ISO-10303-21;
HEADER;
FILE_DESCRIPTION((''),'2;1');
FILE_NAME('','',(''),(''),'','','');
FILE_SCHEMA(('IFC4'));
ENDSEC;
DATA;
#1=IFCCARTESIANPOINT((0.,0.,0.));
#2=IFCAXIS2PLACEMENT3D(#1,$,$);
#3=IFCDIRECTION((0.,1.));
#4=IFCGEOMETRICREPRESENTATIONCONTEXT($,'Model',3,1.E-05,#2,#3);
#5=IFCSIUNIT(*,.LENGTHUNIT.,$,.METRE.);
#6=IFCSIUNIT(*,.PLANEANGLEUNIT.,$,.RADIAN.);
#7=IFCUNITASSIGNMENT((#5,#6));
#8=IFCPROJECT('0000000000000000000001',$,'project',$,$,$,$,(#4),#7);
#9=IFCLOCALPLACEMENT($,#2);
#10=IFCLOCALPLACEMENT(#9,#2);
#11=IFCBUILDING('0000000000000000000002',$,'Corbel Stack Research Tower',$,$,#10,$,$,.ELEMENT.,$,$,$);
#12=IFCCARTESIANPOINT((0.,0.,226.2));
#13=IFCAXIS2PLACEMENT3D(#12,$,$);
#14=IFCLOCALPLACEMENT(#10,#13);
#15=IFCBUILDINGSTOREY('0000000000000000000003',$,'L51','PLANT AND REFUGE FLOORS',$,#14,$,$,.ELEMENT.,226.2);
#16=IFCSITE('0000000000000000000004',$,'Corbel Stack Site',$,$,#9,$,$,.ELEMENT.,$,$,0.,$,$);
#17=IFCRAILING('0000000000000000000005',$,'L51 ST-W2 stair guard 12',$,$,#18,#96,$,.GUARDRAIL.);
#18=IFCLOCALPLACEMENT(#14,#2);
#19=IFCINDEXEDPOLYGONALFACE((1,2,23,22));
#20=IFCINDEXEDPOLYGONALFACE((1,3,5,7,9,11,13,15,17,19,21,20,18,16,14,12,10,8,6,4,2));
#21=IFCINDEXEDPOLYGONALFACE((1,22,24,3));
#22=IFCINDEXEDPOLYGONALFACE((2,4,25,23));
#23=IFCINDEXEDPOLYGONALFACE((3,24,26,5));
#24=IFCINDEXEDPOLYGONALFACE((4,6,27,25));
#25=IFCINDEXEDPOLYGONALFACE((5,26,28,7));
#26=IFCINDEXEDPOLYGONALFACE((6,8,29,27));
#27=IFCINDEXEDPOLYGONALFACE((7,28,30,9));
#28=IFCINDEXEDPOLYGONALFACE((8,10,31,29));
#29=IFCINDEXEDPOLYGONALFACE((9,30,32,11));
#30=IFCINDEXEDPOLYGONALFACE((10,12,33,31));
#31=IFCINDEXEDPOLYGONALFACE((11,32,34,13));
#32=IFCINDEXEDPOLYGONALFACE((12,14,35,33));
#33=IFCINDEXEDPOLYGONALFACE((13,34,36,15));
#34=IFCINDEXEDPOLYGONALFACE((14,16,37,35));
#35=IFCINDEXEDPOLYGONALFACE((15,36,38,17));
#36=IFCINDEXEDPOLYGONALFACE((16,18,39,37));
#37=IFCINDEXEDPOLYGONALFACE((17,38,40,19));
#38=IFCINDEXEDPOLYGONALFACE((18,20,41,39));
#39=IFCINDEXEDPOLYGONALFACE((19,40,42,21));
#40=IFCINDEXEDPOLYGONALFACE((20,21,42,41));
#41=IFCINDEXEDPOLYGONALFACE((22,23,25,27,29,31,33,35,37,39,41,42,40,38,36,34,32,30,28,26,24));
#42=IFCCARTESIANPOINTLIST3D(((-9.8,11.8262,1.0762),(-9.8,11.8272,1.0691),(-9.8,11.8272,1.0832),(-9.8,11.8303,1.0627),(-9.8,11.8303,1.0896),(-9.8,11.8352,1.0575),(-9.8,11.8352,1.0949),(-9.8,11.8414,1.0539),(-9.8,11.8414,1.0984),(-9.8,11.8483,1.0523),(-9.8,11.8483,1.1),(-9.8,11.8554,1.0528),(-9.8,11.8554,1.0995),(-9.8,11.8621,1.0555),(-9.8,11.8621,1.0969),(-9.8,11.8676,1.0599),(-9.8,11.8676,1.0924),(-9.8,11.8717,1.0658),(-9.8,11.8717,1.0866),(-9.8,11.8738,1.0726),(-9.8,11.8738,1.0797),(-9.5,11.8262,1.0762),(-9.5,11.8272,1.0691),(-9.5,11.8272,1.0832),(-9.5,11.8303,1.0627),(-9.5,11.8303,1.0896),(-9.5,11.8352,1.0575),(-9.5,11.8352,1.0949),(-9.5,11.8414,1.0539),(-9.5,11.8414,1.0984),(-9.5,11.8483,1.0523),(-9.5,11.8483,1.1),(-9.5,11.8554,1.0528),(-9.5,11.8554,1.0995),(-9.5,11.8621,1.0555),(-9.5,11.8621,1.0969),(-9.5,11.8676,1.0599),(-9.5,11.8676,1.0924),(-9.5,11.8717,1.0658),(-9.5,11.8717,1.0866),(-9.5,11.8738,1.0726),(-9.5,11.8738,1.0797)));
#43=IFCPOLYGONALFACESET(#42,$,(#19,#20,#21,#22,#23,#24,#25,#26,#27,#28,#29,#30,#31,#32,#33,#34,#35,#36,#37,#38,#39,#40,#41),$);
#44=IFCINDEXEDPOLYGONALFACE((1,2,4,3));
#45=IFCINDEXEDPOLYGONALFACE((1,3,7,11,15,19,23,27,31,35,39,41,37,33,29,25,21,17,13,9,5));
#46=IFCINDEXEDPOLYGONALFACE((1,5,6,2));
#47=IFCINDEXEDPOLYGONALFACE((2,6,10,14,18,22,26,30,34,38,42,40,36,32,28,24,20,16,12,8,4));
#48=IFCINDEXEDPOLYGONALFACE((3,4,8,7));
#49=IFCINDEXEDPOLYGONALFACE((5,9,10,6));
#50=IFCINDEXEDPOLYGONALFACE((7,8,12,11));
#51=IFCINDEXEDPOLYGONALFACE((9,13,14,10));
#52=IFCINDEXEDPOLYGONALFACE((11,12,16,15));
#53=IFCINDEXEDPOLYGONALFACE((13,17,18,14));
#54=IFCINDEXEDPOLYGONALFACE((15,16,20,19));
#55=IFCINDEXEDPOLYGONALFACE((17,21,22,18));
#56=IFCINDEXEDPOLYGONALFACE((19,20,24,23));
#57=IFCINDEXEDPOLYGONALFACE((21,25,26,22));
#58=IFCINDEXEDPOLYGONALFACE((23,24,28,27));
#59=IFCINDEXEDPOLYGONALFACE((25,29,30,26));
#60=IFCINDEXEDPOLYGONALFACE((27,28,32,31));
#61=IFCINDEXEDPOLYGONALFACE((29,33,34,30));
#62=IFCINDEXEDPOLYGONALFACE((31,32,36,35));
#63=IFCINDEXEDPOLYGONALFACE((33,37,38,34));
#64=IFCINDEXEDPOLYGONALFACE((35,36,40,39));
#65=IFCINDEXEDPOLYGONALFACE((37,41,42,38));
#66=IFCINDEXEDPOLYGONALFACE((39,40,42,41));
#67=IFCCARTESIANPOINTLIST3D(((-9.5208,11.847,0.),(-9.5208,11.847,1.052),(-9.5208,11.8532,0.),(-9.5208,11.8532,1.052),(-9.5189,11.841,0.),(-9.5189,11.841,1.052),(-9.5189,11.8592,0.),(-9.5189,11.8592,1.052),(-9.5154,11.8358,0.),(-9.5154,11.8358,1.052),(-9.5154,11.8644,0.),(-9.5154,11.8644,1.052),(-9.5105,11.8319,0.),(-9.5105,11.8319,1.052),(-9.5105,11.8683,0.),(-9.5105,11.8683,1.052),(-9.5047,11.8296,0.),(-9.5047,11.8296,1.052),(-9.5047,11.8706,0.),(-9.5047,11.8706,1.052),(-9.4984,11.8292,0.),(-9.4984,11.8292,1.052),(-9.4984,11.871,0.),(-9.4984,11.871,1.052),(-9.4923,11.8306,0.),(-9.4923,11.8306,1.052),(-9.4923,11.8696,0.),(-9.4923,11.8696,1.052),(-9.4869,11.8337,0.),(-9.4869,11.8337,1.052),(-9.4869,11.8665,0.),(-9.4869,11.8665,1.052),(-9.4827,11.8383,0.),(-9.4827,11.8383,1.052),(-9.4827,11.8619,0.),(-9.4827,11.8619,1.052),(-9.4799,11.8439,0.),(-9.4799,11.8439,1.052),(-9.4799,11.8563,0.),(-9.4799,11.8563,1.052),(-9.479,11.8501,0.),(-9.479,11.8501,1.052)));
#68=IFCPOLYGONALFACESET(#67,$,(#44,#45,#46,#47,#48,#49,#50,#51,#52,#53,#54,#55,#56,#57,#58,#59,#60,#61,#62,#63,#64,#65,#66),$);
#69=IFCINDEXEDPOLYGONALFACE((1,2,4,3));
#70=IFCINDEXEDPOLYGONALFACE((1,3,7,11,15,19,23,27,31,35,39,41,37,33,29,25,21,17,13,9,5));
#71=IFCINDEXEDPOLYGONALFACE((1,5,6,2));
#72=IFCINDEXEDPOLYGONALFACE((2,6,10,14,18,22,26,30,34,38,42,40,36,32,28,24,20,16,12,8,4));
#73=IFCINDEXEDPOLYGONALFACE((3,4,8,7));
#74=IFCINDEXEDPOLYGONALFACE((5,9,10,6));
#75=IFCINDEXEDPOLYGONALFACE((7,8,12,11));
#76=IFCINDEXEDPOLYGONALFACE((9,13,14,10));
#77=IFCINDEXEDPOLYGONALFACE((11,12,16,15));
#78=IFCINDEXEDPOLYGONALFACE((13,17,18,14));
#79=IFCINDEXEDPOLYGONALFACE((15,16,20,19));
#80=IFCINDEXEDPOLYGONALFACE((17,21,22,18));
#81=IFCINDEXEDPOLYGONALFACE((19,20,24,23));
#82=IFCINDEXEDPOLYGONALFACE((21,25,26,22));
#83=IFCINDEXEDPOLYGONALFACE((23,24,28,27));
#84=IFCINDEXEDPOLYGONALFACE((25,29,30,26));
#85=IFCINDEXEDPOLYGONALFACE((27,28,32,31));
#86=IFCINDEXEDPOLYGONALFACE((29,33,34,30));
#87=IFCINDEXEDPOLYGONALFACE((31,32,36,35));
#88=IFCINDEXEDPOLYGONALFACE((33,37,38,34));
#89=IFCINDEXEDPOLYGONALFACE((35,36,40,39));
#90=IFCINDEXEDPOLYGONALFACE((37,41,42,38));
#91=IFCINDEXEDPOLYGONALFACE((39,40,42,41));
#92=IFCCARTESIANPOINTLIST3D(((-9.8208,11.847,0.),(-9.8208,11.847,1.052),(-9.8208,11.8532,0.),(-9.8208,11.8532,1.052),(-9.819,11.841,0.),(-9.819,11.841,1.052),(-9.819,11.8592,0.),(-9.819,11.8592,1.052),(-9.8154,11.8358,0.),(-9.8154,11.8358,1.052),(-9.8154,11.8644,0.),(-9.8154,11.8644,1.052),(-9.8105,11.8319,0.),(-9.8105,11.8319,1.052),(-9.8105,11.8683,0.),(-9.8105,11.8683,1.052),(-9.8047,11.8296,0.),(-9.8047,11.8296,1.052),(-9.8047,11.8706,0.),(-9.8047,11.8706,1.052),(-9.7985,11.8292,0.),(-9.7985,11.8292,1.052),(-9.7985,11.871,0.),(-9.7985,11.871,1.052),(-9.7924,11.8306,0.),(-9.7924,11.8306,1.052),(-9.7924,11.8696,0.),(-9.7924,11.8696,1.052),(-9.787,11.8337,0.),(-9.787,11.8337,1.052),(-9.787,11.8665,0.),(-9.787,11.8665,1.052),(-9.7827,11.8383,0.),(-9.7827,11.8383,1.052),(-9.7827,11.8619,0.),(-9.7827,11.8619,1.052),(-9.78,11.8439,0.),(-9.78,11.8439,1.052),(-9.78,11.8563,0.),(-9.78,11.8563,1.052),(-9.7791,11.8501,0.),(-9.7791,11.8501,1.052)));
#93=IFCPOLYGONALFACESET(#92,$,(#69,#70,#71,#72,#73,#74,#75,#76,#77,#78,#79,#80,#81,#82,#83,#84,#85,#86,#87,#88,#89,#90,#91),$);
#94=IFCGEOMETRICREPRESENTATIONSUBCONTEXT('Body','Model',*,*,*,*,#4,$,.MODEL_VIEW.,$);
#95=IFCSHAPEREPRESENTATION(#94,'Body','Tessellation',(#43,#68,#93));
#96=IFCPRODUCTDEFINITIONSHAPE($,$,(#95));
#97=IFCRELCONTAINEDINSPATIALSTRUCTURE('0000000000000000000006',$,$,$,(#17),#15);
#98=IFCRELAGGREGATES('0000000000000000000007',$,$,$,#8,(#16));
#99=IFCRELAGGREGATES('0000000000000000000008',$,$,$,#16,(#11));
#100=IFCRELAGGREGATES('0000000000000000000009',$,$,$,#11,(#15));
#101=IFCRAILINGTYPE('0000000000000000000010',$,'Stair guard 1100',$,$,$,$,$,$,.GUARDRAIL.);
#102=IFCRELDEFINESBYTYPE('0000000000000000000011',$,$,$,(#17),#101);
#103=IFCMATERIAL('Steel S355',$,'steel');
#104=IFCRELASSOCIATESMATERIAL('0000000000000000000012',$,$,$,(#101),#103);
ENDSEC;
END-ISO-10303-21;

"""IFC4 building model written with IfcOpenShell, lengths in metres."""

from ifc_helpers import new_model, si_unit, direction, frame, origin, origin_2d, place, context, subcontext, project, spatial, circle, extrude, material, type_object, element, save


model = new_model("IFC4")

# Units and contexts
model_context = context("Model", 3, precision=1e-05, world=origin(), true_north=direction((0.0, 1.0)))
body_context = subcontext(model_context, "Body", "Model", "MODEL_VIEW")
ifc_project = project(units=[si_unit("LENGTHUNIT", "METRE"), si_unit("PLANEANGLEUNIT", "RADIAN")], contexts=[model_context])

# Site, building, storey
site_placement = place(None, origin())
site = spatial("IfcSite", under=ifc_project, at=site_placement, Name="Corbel Stack Site", CompositionType="ELEMENT", RefElevation=0.0)
building_placement = place(site_placement, origin())
building = spatial("IfcBuilding", under=site, at=building_placement, Name="Corbel Stack Research Tower", CompositionType="ELEMENT")
storey_placement = place(building_placement, frame((0.0, 0.0, 226.2)))
storey = spatial("IfcBuildingStorey", under=building, at=storey_placement, Name="L51", Description="PLANT AND REFUGE FLOORS", CompositionType="ELEMENT", Elevation=226.2)

# Railing
ifc_material_1 = material(Name="Steel S355", Category="steel")
railing_type_1 = type_object("IfcRailingType", Name="Stair guard 1100", PredefinedType="GUARDRAIL", material=ifc_material_1)
railing_1_placement = place(storey_placement, frame((-9.5, 11.8501, 0.0)))
element("IfcRailing", 1, at=railing_1_placement, inside=storey, type_object=railing_type_1, Name="L51 ST-W2 stair guard 12", PredefinedType="GUARDRAIL", context=body_context, shape_type="SweptSolid", body=[
    extrude(circle(Radius=0.0239, at=origin_2d()), frame((0.0, 0.0, 1.0762), z_axis=(-1.0, 0.0, 0.0), x_axis=(0.0, -1.0, 0.0)), (0.0, 0.0, 1.0), 0.3),
    extrude(circle(Radius=0.021, at=origin_2d()), origin(), (0.0, 0.0, 1.0), 1.052),
    extrude(circle(Radius=0.021, at=origin_2d()), frame((-0.3, 0.0, 0.0)), (0.0, 0.0, 1.0), 1.052),
])

save(model, "model.ifc")
